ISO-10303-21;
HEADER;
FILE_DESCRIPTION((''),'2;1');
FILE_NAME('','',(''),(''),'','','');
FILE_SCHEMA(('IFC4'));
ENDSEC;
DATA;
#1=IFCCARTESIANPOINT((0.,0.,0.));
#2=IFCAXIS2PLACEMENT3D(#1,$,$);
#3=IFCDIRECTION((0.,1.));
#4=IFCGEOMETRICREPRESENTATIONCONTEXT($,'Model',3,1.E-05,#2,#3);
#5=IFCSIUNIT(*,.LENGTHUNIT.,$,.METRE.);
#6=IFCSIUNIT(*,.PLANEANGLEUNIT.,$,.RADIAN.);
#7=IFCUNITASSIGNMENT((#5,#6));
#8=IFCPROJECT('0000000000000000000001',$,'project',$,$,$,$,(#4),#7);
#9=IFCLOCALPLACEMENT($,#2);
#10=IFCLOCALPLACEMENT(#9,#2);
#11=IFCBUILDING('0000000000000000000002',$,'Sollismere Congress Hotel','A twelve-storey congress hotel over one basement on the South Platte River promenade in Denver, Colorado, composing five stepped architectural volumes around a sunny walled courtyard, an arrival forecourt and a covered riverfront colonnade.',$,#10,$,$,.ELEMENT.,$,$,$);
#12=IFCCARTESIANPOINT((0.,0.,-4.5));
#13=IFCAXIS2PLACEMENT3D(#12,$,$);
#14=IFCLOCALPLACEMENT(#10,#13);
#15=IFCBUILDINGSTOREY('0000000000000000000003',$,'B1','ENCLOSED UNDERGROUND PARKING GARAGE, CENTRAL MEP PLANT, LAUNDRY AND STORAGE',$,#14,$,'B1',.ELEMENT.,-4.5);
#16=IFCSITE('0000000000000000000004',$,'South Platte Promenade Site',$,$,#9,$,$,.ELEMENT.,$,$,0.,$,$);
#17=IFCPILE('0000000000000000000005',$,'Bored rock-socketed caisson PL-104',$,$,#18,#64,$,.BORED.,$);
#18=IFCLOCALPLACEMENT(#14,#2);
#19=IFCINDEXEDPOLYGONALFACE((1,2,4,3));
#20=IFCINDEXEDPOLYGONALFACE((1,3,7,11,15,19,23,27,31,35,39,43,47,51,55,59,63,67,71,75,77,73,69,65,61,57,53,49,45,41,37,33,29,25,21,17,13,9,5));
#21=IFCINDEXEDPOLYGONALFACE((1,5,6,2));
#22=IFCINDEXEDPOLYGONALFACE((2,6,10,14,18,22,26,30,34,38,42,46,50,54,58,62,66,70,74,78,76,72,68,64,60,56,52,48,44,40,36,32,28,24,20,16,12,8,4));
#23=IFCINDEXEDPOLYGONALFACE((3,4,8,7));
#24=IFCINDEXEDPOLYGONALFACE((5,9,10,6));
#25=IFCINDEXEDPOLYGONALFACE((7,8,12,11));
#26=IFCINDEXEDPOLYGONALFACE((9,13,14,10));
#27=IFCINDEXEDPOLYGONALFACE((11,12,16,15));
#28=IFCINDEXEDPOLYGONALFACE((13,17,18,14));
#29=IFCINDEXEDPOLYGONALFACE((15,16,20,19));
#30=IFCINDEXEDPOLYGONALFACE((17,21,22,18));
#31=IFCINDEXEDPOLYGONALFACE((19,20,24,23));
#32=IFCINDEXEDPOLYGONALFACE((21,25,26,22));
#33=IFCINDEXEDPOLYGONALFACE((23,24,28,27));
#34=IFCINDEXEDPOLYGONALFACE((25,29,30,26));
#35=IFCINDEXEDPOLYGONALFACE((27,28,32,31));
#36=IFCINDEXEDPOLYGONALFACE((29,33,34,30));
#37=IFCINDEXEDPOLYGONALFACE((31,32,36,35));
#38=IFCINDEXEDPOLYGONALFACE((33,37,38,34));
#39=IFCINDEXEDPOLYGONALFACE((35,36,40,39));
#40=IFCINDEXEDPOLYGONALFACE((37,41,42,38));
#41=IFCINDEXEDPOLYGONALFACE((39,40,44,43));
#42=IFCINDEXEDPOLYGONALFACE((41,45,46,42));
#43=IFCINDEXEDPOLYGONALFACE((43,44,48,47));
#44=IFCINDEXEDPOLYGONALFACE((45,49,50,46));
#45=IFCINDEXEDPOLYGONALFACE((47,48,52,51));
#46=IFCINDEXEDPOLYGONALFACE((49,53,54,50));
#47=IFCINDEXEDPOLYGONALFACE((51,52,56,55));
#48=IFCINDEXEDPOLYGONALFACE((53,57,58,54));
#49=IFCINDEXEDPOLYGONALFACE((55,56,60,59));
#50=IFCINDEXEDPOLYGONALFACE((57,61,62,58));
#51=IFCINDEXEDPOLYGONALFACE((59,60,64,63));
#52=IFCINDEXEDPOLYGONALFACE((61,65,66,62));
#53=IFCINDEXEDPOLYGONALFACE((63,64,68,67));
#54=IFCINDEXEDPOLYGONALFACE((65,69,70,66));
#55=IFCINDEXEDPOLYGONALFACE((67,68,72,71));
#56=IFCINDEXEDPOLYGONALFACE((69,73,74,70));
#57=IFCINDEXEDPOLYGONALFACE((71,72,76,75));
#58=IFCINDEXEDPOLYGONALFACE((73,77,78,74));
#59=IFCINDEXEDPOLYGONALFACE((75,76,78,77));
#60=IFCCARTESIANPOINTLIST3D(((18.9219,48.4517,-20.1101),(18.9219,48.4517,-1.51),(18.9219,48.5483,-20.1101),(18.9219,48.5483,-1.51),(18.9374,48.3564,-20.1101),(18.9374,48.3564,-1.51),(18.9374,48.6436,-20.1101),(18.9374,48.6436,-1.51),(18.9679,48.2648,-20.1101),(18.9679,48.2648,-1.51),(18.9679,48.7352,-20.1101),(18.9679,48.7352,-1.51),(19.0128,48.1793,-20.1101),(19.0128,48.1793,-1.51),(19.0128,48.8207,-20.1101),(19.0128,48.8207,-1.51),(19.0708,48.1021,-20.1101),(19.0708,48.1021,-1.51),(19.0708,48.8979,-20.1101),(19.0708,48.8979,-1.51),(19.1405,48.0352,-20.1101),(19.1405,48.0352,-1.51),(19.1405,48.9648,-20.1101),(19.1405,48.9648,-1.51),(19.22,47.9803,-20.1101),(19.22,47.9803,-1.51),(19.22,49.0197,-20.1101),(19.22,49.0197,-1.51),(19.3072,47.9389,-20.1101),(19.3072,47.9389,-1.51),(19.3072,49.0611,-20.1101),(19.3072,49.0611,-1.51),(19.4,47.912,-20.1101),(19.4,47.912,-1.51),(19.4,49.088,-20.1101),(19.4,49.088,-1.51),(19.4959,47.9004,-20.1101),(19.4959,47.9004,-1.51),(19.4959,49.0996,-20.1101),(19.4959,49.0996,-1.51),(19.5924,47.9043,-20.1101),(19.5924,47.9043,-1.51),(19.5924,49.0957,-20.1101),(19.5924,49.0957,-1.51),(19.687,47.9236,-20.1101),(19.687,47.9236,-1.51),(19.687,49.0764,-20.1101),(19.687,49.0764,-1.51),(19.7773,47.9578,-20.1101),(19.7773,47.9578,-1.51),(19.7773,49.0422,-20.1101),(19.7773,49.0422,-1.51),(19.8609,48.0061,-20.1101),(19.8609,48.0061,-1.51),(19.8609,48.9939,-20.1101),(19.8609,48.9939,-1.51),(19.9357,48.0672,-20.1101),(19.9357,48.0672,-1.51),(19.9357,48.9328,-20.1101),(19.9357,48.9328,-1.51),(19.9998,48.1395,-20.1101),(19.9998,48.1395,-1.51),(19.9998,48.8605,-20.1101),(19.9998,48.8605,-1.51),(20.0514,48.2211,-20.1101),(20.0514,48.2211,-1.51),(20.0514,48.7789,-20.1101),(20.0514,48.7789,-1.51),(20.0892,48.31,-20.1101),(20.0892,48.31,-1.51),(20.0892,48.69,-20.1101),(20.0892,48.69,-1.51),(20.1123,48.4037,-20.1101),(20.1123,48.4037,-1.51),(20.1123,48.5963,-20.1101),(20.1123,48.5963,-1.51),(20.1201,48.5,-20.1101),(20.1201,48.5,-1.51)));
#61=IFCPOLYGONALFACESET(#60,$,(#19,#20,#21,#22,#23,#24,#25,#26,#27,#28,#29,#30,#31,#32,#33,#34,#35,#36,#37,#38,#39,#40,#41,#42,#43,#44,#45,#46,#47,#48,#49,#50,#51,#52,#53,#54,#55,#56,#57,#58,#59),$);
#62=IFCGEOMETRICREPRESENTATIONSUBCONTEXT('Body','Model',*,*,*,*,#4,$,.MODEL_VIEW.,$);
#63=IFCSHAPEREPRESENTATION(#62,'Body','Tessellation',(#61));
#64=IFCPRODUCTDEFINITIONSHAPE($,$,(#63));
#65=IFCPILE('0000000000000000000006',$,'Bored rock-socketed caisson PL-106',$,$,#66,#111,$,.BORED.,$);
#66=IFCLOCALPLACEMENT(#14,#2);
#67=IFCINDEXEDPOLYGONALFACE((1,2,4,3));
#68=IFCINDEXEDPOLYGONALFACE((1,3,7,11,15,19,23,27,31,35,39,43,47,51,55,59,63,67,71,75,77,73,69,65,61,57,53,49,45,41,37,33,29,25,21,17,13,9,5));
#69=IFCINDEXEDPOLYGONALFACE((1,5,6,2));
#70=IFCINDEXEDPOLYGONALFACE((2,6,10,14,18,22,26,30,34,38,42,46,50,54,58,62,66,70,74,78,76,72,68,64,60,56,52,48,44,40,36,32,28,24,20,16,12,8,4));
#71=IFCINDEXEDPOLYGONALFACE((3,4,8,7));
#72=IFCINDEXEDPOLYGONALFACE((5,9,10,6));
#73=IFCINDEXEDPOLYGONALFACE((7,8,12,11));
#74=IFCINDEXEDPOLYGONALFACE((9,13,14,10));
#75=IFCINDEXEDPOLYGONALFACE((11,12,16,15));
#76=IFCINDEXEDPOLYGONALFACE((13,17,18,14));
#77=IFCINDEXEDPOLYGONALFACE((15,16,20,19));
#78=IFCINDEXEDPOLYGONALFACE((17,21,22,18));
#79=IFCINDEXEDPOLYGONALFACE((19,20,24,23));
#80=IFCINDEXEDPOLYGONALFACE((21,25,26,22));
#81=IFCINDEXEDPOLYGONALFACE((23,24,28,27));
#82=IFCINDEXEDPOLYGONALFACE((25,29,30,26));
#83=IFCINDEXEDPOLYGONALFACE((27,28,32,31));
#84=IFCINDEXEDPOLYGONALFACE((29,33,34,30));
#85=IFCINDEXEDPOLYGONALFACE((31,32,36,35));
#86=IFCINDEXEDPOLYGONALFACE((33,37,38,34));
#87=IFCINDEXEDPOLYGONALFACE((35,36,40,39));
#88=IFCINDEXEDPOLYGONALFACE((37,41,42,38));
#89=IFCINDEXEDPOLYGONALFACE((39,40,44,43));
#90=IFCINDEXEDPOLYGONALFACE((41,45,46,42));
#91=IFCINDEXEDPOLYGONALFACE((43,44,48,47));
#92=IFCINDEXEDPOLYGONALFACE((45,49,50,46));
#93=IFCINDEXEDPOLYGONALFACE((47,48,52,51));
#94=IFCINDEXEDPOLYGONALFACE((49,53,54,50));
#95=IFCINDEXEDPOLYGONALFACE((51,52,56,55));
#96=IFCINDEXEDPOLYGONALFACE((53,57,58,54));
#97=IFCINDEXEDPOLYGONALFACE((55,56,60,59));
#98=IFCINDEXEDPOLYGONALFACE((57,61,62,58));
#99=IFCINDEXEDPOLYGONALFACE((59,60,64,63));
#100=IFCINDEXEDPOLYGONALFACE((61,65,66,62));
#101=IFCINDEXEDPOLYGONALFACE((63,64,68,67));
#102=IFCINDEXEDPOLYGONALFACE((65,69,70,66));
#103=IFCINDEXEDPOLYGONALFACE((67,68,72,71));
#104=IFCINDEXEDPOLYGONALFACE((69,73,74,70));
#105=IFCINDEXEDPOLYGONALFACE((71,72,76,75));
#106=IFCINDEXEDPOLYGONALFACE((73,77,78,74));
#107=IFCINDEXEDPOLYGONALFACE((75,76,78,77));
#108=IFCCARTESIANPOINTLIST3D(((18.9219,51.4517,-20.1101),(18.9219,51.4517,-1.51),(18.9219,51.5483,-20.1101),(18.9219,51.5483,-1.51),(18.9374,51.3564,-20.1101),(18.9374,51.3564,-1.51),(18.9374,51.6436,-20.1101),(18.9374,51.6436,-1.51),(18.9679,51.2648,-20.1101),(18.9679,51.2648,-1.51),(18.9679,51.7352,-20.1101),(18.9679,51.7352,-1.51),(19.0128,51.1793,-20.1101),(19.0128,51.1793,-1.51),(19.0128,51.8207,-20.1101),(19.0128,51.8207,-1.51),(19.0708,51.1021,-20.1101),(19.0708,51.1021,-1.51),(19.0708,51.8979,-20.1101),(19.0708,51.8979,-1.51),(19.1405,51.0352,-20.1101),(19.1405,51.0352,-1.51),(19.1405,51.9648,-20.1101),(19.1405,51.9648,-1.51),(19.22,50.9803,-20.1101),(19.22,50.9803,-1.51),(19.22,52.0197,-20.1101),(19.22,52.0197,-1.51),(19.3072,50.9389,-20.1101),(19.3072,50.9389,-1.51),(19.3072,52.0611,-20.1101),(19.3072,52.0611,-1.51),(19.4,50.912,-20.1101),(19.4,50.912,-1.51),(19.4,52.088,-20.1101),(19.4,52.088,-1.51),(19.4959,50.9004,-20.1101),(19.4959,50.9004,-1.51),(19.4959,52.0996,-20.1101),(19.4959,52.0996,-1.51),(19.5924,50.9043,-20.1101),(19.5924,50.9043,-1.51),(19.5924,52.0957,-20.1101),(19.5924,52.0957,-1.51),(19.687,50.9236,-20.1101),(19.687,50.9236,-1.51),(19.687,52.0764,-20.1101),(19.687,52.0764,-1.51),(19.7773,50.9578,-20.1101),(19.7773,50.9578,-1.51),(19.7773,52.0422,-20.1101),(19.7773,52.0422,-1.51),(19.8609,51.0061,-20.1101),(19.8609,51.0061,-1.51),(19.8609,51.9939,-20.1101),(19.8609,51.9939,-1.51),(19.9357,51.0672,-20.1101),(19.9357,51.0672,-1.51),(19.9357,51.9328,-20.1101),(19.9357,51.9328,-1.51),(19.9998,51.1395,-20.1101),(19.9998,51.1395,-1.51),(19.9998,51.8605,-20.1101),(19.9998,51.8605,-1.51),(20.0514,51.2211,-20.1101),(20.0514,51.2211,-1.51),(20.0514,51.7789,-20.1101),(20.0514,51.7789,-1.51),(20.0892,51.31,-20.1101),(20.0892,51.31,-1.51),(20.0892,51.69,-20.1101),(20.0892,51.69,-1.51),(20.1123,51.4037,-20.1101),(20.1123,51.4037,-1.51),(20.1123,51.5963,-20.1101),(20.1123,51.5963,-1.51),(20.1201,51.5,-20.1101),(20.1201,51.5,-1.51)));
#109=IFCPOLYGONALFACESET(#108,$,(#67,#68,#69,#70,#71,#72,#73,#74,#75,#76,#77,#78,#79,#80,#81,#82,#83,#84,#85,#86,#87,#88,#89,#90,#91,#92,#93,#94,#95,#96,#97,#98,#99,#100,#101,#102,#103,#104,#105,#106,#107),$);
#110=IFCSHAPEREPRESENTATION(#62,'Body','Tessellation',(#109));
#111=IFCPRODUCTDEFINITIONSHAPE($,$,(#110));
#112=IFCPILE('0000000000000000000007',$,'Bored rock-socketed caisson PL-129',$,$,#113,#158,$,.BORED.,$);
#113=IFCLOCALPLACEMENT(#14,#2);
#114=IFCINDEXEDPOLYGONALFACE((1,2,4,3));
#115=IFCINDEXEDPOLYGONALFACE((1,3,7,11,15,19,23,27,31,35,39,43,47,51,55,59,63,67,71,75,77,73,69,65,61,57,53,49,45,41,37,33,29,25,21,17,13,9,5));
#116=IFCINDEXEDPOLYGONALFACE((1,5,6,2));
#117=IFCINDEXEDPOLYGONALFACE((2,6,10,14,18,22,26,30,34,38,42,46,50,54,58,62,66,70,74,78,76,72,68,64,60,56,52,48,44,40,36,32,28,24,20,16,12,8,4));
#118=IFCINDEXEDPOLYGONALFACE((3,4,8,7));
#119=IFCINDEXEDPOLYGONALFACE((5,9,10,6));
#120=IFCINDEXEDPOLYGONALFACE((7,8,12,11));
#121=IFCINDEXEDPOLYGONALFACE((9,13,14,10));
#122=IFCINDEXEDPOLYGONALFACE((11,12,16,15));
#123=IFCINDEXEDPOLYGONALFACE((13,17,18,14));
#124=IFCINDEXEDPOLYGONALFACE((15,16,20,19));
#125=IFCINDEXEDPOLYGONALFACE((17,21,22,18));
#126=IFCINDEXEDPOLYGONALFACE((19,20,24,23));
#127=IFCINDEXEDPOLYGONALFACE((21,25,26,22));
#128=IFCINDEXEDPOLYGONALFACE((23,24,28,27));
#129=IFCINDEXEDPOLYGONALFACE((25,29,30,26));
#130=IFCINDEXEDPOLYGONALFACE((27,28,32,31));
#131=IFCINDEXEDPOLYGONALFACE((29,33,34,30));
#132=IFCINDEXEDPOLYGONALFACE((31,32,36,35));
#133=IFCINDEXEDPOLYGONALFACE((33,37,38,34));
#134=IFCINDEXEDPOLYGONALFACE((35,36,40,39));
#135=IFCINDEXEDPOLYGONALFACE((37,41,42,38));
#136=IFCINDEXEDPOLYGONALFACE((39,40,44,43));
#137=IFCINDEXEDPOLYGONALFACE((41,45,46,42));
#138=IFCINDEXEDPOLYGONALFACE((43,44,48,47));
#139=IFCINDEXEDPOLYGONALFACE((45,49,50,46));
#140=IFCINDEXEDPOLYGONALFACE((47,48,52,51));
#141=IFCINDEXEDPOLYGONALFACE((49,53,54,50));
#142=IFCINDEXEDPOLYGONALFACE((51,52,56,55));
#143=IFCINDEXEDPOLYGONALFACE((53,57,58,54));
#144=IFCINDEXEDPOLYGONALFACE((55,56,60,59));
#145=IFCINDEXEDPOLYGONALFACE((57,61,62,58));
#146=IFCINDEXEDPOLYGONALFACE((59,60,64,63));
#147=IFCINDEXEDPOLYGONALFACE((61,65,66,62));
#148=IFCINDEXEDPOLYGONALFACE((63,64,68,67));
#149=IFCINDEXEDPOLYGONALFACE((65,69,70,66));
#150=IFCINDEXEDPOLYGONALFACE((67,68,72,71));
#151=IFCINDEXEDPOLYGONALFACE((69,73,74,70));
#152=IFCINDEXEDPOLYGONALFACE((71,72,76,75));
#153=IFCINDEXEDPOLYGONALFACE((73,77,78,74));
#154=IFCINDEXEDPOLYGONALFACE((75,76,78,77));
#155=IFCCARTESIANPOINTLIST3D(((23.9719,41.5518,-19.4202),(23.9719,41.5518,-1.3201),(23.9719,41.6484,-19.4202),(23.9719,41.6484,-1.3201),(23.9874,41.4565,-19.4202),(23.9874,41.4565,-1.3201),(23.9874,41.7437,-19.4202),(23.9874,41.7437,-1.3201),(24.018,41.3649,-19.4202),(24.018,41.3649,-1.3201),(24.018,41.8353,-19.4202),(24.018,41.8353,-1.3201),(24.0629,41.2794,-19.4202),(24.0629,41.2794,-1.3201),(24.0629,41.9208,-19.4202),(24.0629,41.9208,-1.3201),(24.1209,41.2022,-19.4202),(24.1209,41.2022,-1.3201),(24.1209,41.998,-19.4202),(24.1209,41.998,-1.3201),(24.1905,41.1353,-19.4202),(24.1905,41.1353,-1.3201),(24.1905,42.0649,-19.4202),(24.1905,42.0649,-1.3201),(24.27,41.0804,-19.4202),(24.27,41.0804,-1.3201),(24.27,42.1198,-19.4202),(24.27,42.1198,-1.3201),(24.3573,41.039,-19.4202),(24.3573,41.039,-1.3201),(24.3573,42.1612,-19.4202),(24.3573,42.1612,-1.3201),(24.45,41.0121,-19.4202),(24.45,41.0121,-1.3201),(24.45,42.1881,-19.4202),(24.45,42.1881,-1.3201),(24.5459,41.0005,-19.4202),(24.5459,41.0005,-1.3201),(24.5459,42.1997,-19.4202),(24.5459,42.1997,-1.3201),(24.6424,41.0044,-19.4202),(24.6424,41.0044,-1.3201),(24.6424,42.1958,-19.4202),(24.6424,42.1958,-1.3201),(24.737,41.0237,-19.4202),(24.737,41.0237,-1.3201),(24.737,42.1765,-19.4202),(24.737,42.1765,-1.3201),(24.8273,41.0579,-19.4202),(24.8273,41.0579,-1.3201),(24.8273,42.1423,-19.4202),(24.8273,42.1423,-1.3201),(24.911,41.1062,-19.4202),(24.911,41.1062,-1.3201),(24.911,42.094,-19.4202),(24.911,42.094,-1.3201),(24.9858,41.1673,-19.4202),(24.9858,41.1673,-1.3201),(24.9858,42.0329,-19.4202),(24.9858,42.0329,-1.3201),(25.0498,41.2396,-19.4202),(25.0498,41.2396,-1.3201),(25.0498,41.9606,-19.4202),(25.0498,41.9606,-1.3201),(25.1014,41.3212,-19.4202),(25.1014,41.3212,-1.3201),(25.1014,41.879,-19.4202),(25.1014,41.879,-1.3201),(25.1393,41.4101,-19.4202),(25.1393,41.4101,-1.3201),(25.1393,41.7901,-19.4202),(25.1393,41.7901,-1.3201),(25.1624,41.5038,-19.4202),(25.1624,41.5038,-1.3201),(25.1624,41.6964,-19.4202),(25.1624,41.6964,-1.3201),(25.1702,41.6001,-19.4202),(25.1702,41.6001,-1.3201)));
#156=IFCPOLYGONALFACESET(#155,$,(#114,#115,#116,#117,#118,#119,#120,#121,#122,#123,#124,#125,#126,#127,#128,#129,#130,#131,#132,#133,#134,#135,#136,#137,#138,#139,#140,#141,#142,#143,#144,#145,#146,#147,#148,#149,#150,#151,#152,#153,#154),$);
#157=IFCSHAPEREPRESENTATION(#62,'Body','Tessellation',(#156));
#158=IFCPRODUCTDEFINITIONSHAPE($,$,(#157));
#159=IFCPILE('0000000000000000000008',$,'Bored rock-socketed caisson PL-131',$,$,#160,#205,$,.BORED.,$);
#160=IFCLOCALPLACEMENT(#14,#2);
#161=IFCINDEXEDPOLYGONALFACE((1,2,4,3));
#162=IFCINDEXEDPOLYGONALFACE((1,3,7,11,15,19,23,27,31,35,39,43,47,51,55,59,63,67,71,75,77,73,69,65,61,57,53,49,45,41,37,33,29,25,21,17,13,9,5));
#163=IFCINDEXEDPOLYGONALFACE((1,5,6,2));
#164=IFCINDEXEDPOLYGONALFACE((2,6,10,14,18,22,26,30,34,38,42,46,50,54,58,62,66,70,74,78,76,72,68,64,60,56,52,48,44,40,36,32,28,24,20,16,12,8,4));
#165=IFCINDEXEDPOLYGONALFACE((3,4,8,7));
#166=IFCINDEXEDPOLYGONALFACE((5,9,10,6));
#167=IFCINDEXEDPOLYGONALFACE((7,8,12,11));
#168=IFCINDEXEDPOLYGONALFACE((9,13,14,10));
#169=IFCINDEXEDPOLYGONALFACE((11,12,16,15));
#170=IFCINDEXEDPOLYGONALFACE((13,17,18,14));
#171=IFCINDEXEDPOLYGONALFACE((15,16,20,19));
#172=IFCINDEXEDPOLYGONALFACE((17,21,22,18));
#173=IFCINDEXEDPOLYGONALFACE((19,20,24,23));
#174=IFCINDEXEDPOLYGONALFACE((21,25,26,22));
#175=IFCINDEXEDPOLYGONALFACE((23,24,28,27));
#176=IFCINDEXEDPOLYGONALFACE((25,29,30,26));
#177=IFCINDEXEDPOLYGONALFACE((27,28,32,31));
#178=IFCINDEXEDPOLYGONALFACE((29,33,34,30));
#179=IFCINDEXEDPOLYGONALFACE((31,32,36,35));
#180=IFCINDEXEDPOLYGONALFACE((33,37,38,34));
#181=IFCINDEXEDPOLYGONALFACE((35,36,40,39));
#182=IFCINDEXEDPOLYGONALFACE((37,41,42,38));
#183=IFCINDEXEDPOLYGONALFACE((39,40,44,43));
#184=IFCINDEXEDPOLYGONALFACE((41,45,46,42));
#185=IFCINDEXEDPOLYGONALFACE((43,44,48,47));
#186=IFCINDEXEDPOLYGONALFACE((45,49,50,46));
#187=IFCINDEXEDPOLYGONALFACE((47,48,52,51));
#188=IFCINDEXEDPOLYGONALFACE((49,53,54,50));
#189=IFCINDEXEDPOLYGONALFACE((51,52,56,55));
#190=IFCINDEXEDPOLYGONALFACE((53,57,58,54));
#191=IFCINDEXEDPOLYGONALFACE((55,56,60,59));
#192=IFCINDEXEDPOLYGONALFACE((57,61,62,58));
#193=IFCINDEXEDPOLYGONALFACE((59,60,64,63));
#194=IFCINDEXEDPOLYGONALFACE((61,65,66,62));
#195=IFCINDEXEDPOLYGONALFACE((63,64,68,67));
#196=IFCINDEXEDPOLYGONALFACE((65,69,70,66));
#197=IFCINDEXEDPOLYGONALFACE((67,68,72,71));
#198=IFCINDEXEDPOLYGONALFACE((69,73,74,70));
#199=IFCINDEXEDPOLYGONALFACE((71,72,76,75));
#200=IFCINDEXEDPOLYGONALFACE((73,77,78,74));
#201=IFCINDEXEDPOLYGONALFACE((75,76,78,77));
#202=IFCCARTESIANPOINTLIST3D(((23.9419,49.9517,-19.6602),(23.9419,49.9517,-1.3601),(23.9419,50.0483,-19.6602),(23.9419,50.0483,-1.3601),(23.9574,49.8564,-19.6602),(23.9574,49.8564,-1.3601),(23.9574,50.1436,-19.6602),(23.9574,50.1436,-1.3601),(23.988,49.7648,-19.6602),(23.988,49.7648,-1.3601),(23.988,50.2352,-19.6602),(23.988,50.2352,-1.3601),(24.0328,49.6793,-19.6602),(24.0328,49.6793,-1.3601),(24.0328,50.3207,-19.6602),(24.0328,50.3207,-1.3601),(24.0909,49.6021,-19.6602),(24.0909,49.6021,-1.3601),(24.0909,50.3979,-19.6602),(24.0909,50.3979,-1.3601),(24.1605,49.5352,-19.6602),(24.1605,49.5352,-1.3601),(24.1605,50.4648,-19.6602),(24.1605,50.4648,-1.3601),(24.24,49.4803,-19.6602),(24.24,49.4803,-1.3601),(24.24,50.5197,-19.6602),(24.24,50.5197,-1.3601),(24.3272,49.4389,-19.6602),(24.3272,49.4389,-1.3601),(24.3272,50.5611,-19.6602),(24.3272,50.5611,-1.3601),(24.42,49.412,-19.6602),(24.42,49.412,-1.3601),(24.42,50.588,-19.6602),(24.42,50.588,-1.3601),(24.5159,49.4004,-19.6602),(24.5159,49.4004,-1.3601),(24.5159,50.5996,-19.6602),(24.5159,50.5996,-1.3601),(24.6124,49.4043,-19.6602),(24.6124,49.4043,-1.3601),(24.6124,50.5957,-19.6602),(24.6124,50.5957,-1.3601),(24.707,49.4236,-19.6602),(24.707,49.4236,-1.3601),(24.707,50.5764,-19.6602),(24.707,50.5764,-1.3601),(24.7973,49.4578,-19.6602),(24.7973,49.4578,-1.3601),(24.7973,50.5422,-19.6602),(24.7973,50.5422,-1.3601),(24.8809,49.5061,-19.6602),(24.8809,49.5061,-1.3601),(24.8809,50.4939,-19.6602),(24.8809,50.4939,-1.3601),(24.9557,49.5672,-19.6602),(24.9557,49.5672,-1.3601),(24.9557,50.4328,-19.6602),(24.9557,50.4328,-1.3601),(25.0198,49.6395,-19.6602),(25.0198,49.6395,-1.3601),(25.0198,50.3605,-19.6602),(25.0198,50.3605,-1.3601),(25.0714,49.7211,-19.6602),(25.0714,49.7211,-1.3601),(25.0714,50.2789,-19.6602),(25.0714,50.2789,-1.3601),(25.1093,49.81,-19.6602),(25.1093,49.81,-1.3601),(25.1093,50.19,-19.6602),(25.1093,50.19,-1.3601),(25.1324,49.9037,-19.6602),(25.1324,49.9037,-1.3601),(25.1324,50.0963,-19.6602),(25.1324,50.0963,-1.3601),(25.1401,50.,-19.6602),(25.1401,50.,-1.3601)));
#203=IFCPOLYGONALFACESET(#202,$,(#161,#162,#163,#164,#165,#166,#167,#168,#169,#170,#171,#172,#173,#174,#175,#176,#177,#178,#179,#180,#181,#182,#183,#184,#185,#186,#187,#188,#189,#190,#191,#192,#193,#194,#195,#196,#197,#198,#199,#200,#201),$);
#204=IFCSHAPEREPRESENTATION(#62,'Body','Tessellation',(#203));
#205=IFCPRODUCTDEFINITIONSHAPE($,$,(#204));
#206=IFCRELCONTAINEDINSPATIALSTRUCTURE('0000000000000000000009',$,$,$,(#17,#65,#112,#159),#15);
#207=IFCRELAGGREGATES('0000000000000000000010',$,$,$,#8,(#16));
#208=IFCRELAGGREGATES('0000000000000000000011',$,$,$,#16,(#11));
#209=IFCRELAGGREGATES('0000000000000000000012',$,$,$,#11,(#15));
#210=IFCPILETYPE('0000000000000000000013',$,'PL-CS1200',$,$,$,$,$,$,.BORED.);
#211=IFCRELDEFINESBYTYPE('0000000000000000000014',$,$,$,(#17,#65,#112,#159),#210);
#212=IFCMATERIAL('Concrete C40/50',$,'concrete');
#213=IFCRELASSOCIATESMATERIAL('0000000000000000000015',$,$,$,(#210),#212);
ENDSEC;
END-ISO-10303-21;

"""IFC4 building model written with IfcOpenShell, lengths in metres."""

from ifc_helpers import new_model, si_unit, direction, frame, origin, origin_2d, place, context, subcontext, project, spatial, circle, extrude, material, material_profile, profile_set, type_object, element, save


model = new_model("IFC4")

# Units and contexts
model_context = context("Model", 3, precision=1e-05, world=origin(), true_north=direction((0.0, 1.0)))
body_context = subcontext(model_context, "Body", "Model", "MODEL_VIEW")
ifc_project = project(units=[si_unit("LENGTHUNIT", "METRE"), si_unit("PLANEANGLEUNIT", "RADIAN")], contexts=[model_context])

# Site, building, storey
site_placement = place(None, origin())
site = spatial("IfcSite", under=ifc_project, at=site_placement, Name="South Platte Promenade Site", CompositionType="ELEMENT", RefElevation=0.0)
building_placement = place(site_placement, origin())
building = spatial("IfcBuilding", under=site, at=building_placement, Name="Sollismere Congress Hotel", Description="A twelve-storey congress hotel over one basement on the South Platte River promenade in Denver, Colorado, composing five stepped architectural volumes around a sunny walled courtyard, an arrival forecourt and a covered riverfront colonnade.", CompositionType="ELEMENT")
storey_placement = place(building_placement, frame((0.0, 0.0, -4.5)))
storey = spatial("IfcBuildingStorey", under=building, at=storey_placement, Name="B1", Description="ENCLOSED UNDERGROUND PARKING GARAGE, CENTRAL MEP PLANT, LAUNDRY AND STORAGE", LongName="B1", CompositionType="ELEMENT", Elevation=-4.5)

# Shared definitions
ifc_material_1 = material(Name="Concrete C40/50", Category="concrete")

# Piles
ifc_material_profile_1 = material_profile(ifc_material_1, circle(Radius=0.6001, at=origin_2d()), Name="CAISSON1200")
ifc_profile_set_1 = profile_set([ifc_material_profile_1], Name="Concrete C40/50")
pile_type = type_object("IfcPileType", Name="PL-CS1200", PredefinedType="BORED", material=ifc_profile_set_1)
for number, where, z_axis, x_axis, name in (
    (1, (19.52, 48.5, -1.51), (0.0, 0.0, -1.0), (1.0, 0.0, 0.0), "Bored rock-socketed caisson PL-104"),
    (2, (19.52, 51.5, -1.51), (0.0, 0.0, -1.0), (1.0, 0.0, 0.0), "Bored rock-socketed caisson PL-106"),
):
    element("IfcPile", number, at=place(storey_placement, frame(where, z_axis=z_axis, x_axis=x_axis)), inside=storey, type_object=pile_type, Name=name, PredefinedType="BORED", context=body_context, shape_type="SweptSolid", body=[
        extrude(circle(Radius=0.6001, at=origin_2d()), origin(), (0.0, 0.0, 1.0), 18.6001),
    ])
pile_1_placement = place(storey_placement, frame((24.5701, 41.6001, -1.3201), z_axis=(0.0, 0.0, -1.0), x_axis=(1.0, 0.0, 0.0)))
element("IfcPile", 3, at=pile_1_placement, inside=storey, type_object=pile_type, Name="Bored rock-socketed caisson PL-129", PredefinedType="BORED", context=body_context, shape_type="SweptSolid", body=[
    extrude(circle(Radius=0.6001, at=origin_2d()), origin(), (0.0, 0.0, 1.0), 18.1001),
])
pile_2_placement = place(storey_placement, frame((24.54, 50.0, -1.3601), z_axis=(0.0, 0.0, -1.0), x_axis=(1.0, 0.0, 0.0)))
element("IfcPile", 4, at=pile_2_placement, inside=storey, type_object=pile_type, Name="Bored rock-socketed caisson PL-131", PredefinedType="BORED", context=body_context, shape_type="SweptSolid", body=[
    extrude(circle(Radius=0.6001, at=origin_2d()), origin(), (0.0, 0.0, 1.0), 18.3),
])

save(model, "model.ifc")
